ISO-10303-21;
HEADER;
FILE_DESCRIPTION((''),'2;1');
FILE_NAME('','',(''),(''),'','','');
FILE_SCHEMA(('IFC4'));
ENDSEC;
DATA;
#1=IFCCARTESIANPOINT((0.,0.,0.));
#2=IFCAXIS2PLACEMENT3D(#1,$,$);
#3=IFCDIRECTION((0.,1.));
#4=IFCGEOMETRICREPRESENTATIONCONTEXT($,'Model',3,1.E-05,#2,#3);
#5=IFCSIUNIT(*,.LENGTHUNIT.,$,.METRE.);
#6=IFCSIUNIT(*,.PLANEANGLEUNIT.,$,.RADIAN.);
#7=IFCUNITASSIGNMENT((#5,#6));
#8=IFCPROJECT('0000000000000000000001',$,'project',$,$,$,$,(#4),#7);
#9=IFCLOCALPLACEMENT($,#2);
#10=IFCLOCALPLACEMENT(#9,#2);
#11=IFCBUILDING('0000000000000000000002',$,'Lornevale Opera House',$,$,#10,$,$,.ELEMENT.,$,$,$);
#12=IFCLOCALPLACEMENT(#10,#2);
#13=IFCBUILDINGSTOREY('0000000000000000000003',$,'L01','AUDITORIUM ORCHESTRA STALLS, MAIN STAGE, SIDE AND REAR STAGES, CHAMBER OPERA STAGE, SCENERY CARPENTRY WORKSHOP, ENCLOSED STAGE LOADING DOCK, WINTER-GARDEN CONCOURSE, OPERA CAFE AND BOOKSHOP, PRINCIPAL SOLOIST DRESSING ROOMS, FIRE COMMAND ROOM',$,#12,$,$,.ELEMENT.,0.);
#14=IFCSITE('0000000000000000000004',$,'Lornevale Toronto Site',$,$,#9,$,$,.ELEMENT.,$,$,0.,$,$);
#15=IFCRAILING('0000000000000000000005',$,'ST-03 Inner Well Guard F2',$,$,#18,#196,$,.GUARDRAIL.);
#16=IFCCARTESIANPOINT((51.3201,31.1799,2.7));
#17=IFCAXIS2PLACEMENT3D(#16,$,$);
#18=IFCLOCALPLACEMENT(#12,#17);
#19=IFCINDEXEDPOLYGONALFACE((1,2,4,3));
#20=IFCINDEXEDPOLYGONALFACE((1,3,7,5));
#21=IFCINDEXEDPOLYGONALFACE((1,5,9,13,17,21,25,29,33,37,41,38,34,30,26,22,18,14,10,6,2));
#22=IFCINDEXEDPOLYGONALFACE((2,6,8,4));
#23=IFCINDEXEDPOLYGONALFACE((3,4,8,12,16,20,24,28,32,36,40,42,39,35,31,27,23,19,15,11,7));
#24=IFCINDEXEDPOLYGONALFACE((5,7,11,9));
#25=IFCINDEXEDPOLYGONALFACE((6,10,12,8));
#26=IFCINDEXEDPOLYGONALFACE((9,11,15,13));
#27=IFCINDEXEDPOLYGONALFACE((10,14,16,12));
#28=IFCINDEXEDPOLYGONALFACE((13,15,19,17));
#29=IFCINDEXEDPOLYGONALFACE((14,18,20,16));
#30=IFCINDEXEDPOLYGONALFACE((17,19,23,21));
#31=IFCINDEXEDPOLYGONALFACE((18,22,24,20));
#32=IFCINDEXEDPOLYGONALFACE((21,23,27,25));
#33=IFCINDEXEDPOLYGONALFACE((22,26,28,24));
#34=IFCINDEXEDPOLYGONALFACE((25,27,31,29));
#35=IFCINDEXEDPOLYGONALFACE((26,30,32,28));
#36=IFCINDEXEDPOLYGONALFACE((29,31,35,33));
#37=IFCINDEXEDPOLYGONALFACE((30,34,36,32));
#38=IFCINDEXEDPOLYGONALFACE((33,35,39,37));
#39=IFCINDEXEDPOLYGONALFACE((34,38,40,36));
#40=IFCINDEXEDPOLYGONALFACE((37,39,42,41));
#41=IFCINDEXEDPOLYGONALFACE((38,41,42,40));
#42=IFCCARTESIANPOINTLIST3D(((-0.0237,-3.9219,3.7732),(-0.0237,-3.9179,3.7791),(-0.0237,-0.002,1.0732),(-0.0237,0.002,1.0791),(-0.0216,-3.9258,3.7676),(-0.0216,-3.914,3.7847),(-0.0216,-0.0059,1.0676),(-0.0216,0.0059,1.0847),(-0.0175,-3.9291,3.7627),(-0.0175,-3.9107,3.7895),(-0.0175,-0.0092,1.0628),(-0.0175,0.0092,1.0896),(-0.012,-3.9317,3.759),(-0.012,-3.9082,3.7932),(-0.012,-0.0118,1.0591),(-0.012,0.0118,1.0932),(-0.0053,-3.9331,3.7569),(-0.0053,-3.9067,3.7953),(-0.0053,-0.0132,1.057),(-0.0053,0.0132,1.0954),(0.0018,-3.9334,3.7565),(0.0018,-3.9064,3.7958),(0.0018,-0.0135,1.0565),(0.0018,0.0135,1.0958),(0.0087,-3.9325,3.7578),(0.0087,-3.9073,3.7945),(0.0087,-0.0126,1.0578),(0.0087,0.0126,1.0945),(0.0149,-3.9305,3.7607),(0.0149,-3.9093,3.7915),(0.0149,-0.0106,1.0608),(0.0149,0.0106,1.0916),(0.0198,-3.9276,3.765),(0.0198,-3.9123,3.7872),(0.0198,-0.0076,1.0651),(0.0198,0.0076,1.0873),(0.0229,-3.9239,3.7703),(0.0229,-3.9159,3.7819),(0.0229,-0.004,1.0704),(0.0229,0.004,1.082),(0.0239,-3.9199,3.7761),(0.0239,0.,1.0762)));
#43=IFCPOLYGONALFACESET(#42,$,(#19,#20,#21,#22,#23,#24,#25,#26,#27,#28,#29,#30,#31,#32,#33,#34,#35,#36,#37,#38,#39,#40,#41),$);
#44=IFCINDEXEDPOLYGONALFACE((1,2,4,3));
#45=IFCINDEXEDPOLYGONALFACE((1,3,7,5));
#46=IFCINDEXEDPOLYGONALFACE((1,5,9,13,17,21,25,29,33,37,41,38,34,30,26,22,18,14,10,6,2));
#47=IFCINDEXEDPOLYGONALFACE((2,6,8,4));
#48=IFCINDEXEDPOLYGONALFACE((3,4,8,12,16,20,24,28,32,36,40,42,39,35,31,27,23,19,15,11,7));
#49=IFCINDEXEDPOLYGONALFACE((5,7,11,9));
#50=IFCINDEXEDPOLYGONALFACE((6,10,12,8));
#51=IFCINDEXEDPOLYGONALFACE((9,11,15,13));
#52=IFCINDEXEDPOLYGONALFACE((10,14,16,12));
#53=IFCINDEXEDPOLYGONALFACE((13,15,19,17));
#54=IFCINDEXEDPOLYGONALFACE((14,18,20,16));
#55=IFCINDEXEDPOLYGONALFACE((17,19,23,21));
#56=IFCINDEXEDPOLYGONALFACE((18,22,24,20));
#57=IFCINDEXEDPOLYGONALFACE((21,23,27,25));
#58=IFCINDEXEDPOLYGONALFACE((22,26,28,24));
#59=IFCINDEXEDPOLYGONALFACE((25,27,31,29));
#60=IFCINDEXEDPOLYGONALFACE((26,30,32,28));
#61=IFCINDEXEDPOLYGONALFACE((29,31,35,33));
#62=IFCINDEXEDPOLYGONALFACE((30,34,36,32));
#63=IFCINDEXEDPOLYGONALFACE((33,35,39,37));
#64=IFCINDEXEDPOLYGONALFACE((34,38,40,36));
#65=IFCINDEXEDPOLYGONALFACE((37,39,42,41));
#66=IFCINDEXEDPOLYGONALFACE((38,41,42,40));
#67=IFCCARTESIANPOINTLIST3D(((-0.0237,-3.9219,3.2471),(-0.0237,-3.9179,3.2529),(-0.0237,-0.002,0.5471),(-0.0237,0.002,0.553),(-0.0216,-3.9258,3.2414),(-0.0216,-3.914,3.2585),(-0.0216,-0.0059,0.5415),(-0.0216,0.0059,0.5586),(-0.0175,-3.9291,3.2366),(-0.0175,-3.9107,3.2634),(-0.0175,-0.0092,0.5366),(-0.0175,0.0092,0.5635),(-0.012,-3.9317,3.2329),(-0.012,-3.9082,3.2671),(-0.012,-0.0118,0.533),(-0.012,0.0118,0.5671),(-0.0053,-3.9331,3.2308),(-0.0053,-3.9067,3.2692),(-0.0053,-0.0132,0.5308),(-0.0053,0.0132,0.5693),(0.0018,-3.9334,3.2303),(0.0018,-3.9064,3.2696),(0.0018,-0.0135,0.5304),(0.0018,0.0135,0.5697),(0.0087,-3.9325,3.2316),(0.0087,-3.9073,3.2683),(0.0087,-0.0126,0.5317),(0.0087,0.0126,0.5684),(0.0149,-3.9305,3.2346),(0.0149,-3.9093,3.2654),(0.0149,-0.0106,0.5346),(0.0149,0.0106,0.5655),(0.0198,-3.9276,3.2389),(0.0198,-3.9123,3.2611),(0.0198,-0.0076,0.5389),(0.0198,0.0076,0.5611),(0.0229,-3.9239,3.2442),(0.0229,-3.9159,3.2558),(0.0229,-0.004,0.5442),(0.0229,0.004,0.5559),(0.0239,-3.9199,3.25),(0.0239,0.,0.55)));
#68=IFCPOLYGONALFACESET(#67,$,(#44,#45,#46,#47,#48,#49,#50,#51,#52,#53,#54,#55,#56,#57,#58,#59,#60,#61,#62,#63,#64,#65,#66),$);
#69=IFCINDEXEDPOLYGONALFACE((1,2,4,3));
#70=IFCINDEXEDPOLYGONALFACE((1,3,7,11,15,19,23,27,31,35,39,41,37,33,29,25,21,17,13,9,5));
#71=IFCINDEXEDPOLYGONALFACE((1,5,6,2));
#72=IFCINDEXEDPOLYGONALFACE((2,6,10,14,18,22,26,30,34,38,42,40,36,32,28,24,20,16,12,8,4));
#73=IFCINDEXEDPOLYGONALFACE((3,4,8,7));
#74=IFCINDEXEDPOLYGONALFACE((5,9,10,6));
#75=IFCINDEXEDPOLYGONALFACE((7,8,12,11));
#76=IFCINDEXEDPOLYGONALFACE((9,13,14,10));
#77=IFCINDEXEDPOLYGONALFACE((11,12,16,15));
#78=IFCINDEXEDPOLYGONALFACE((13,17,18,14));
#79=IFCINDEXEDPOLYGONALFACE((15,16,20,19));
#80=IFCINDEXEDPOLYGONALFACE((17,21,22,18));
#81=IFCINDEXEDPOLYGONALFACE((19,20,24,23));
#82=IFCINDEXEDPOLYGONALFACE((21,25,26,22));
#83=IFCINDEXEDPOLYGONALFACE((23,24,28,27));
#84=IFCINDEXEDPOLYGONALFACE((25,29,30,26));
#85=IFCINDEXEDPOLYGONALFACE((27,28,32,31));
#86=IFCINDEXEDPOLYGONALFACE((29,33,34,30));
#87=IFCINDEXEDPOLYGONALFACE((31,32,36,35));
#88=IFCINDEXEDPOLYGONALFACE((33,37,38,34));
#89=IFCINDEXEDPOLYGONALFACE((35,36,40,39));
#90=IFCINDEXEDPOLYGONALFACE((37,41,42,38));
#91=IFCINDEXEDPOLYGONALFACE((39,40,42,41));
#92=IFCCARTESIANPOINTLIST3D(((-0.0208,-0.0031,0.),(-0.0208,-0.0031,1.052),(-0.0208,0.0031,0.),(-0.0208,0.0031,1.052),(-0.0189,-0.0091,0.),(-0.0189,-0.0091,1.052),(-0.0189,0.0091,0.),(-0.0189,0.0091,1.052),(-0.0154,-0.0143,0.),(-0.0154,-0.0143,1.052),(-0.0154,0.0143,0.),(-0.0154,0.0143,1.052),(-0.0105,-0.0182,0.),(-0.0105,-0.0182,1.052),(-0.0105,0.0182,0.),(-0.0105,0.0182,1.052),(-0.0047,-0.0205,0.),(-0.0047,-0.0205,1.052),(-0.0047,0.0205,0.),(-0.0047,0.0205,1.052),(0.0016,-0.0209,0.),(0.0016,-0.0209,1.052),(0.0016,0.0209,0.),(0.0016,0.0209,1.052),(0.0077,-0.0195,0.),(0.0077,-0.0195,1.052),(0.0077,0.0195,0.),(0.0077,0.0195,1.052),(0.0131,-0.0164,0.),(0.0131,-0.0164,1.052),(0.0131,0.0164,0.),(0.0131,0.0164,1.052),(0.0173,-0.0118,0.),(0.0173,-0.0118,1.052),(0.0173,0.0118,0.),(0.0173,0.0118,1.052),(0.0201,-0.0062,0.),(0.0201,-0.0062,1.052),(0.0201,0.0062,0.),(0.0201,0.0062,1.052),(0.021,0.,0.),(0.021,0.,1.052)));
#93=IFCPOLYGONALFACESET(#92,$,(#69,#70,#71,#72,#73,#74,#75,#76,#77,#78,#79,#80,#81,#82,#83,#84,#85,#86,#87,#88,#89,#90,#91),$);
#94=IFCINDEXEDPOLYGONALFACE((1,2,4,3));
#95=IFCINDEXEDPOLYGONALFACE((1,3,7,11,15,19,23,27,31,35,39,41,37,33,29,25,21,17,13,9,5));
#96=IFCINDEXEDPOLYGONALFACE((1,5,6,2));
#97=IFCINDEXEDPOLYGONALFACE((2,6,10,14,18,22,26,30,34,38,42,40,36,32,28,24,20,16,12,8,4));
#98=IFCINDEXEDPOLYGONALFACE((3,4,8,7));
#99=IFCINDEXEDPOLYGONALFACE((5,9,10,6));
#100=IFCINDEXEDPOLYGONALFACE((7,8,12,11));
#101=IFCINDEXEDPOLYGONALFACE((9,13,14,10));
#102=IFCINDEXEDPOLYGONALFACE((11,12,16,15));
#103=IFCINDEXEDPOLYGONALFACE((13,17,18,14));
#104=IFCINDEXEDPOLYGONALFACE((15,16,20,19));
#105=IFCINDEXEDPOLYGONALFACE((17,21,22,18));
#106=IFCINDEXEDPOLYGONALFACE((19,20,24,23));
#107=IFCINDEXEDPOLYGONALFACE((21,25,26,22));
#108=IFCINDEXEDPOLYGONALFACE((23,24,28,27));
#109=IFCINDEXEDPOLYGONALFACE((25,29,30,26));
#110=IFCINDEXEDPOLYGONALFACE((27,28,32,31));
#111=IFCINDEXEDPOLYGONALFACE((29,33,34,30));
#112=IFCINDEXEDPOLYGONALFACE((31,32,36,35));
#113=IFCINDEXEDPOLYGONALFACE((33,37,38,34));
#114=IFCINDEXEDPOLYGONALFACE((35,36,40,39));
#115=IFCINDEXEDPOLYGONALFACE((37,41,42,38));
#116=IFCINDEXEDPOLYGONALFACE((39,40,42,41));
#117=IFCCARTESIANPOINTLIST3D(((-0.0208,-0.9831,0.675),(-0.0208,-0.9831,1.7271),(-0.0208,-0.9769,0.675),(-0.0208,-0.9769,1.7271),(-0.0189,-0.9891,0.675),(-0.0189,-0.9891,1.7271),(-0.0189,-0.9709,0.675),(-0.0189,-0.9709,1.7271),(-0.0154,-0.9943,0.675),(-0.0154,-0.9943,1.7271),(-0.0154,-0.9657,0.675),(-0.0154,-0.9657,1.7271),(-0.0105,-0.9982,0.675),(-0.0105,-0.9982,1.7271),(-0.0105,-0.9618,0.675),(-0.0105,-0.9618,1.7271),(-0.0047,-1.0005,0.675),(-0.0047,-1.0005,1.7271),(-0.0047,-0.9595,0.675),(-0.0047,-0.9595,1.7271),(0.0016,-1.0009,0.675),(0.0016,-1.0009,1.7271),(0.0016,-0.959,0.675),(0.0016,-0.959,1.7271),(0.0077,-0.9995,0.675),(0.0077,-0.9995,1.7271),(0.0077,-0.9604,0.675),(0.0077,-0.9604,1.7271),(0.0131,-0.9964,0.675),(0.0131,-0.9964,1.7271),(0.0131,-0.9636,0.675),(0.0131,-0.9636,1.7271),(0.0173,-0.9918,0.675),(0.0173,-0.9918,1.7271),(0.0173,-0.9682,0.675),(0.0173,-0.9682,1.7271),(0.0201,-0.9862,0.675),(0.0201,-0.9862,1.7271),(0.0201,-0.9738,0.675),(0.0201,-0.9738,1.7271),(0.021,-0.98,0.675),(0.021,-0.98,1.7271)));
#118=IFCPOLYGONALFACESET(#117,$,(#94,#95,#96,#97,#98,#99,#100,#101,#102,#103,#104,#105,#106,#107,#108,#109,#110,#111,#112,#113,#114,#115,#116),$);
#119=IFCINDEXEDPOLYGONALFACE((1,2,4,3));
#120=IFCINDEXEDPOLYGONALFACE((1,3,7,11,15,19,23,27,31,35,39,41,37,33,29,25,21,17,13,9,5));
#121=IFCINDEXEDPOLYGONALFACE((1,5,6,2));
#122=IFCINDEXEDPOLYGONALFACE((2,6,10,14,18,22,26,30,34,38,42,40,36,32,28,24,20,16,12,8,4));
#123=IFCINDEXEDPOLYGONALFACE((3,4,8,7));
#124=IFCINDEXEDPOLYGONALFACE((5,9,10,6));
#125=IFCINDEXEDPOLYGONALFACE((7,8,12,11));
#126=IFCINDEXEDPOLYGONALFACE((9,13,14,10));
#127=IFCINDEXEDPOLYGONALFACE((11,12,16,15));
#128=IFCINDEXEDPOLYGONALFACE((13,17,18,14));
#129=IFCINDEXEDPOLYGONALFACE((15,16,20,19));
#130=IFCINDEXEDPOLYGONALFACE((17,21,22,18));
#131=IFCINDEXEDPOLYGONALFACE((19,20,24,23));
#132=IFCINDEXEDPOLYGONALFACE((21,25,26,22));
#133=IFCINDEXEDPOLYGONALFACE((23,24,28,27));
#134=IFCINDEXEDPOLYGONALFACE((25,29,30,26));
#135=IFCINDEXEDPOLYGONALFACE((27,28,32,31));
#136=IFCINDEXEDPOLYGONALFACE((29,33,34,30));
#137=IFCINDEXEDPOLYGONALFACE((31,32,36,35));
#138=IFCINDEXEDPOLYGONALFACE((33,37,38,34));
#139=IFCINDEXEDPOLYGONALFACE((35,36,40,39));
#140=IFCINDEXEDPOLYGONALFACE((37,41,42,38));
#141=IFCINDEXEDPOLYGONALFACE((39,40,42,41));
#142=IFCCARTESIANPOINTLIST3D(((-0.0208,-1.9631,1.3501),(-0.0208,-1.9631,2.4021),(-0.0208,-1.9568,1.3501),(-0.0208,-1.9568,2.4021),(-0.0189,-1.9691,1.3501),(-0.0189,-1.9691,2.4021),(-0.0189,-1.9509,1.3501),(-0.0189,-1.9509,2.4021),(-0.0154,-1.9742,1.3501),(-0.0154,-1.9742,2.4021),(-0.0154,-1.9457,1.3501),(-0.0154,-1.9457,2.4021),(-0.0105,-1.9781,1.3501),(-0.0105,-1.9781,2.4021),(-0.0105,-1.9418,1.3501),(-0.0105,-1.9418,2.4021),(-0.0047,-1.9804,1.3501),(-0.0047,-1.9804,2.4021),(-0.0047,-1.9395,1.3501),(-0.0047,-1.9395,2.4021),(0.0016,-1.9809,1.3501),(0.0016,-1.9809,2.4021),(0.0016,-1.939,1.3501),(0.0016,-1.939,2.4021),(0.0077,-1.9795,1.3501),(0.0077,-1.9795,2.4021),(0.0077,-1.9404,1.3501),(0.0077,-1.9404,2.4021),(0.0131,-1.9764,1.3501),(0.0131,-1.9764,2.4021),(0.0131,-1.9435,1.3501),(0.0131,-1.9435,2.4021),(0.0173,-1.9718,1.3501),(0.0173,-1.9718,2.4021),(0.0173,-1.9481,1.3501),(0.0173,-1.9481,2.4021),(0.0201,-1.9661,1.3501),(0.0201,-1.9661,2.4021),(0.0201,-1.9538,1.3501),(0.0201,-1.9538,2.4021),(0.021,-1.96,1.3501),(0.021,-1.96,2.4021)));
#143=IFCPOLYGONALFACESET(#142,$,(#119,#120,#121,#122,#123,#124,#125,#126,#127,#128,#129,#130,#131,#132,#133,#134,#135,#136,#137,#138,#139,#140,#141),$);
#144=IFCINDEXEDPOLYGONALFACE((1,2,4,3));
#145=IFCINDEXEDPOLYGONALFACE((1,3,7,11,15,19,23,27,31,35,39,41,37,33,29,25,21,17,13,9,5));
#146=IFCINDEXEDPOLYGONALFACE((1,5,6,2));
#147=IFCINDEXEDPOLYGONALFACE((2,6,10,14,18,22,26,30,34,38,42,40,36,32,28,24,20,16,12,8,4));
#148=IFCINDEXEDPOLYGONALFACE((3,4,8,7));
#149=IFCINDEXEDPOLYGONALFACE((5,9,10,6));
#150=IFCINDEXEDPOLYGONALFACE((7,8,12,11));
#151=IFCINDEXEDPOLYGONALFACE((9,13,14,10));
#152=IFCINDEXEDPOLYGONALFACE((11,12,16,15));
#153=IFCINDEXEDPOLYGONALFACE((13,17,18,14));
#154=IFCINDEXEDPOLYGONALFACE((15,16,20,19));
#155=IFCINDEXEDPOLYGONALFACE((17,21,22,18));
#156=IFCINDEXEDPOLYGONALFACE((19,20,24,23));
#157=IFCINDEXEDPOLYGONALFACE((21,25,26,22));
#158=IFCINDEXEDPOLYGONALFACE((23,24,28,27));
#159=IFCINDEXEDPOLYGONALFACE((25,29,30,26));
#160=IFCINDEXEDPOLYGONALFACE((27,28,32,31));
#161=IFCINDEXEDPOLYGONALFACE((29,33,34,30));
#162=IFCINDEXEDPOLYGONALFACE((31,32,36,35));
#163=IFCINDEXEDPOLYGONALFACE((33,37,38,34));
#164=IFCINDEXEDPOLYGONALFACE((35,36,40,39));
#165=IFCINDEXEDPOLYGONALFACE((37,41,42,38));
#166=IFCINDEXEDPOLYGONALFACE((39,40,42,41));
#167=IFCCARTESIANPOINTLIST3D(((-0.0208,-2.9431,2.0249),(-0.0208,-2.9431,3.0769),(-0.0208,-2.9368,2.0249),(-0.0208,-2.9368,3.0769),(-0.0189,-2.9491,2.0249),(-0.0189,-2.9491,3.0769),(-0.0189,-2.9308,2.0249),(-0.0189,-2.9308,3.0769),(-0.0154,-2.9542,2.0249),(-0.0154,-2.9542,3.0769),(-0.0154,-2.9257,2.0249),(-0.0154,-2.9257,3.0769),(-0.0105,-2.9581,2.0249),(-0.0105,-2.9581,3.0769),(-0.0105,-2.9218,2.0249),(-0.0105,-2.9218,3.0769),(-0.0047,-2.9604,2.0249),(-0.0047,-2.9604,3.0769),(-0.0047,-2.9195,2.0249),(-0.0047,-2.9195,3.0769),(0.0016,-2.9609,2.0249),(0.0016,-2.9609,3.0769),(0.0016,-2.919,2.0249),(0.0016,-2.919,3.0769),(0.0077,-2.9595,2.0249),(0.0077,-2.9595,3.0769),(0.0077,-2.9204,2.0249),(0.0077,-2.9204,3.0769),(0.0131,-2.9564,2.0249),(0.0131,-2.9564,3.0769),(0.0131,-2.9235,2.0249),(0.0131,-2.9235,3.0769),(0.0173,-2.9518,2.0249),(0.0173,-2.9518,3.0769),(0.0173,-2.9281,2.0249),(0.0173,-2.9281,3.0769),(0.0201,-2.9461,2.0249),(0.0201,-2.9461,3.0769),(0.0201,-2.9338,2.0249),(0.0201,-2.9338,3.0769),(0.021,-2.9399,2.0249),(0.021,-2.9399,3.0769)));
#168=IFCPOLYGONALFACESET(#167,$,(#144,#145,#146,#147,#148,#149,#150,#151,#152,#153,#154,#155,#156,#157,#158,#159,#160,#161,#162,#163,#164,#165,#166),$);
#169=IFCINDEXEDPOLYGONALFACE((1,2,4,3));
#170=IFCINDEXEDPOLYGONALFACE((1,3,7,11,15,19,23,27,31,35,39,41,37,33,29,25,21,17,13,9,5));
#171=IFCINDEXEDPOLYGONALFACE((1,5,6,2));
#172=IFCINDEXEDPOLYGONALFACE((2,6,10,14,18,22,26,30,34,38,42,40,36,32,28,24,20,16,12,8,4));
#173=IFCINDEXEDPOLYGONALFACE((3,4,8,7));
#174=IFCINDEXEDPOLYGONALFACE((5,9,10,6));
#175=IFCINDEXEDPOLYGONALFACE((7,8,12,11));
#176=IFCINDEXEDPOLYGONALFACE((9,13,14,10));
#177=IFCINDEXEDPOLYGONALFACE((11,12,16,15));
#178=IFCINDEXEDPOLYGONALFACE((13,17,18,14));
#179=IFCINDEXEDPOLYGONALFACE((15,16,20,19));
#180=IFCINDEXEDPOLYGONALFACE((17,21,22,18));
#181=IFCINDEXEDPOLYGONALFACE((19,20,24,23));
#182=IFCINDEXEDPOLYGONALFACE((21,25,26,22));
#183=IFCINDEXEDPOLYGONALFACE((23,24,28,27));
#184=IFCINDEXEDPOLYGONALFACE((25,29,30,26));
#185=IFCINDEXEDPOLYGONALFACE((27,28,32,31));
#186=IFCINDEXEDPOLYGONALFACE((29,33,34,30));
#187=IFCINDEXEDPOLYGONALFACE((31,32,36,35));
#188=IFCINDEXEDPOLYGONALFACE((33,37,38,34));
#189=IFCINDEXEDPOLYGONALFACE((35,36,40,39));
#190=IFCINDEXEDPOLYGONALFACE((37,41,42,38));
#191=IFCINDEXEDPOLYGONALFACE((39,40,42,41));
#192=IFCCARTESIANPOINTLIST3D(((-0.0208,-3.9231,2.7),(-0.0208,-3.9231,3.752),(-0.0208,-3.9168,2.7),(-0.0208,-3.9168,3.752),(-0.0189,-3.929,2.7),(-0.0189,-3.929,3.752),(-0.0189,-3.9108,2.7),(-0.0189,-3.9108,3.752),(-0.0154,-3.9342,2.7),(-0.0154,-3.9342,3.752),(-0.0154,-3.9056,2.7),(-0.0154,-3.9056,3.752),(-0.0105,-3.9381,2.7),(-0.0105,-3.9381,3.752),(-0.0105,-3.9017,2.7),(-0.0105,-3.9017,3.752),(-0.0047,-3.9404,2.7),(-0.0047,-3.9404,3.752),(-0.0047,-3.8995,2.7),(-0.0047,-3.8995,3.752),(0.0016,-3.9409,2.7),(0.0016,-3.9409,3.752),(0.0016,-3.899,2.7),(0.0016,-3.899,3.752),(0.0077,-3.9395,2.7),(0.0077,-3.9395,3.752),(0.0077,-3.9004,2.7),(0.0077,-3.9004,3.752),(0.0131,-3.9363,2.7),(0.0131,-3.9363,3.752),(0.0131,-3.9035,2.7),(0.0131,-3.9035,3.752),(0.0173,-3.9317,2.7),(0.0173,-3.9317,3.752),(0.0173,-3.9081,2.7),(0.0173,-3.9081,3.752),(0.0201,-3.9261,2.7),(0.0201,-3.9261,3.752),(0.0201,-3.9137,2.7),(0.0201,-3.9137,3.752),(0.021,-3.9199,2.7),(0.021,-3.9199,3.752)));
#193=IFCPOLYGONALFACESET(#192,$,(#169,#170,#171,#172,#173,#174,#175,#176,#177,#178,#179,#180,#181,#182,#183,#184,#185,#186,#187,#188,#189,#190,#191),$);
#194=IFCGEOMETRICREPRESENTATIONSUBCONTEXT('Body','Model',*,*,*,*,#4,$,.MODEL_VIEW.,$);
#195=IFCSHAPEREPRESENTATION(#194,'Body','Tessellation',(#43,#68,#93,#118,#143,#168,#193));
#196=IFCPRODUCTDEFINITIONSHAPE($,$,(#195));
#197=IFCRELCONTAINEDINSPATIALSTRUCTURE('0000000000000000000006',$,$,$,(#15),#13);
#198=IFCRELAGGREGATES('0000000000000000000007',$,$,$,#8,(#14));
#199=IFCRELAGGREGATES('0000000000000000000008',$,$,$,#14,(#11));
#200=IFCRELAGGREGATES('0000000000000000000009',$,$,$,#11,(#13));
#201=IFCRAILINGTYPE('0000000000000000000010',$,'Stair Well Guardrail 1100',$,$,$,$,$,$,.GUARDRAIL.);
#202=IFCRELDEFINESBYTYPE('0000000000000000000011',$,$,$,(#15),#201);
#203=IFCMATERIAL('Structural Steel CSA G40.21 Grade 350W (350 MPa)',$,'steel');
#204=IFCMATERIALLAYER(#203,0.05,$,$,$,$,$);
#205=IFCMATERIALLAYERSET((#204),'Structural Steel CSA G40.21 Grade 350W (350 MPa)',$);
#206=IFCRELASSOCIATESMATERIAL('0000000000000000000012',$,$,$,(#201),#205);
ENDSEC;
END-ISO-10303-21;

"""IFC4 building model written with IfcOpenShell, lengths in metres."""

from ifc_helpers import new_model, si_unit, direction, frame, origin, origin_2d, place, context, subcontext, project, spatial, circle, extrude, material, layer, layer_set, type_object, element, save


model = new_model("IFC4")

# Units and contexts
model_context = context("Model", 3, precision=1e-05, world=origin(), true_north=direction((0.0, 1.0)))
body_context = subcontext(model_context, "Body", "Model", "MODEL_VIEW")
ifc_project = project(units=[si_unit("LENGTHUNIT", "METRE"), si_unit("PLANEANGLEUNIT", "RADIAN")], contexts=[model_context])

# Site, building, storey
site_placement = place(None, origin())
site = spatial("IfcSite", under=ifc_project, at=site_placement, Name="Lornevale Toronto Site", CompositionType="ELEMENT", RefElevation=0.0)
building_placement = place(site_placement, origin())
building = spatial("IfcBuilding", under=site, at=building_placement, Name="Lornevale Opera House", CompositionType="ELEMENT")
storey_placement = place(building_placement, origin())
storey = spatial("IfcBuildingStorey", under=building, at=storey_placement, Name="L01", Description="AUDITORIUM ORCHESTRA STALLS, MAIN STAGE, SIDE AND REAR STAGES, CHAMBER OPERA STAGE, SCENERY CARPENTRY WORKSHOP, ENCLOSED STAGE LOADING DOCK, WINTER-GARDEN CONCOURSE, OPERA CAFE AND BOOKSHOP, PRINCIPAL SOLOIST DRESSING ROOMS, FIRE COMMAND ROOM", CompositionType="ELEMENT", Elevation=0.0)

# Railing
ifc_material_1 = material(Name="Structural Steel CSA G40.21 Grade 350W (350 MPa)", Category="steel")
ifc_layer_1 = layer(ifc_material_1, 0.05)
ifc_layer_set_1 = layer_set([ifc_layer_1], Name="Structural Steel CSA G40.21 Grade 350W (350 MPa)")
railing_type_1 = type_object("IfcRailingType", Name="Stair Well Guardrail 1100", PredefinedType="GUARDRAIL", material=ifc_layer_set_1)
railing_1_placement = place(storey_placement, frame((51.3201, 31.1799, 2.7)))
element("IfcRailing", 1, at=railing_1_placement, inside=storey, type_object=railing_type_1, Name="ST-03 Inner Well Guard F2", PredefinedType="GUARDRAIL", context=body_context, shape_type="SweptSolid", body=[
    extrude(circle(Radius=0.0239, at=origin_2d()), frame((0.0, 0.0, 1.0762), z_axis=(0.0, -0.823551, 0.567243), x_axis=(1.0, 0.0, 0.0)), (0.0, 0.0, 1.0), 4.7598),
    extrude(circle(Radius=0.0239, at=origin_2d()), frame((0.0, 0.0, 0.55), z_axis=(0.0, -0.823551, 0.567243), x_axis=(1.0, 0.0, 0.0)), (0.0, 0.0, 1.0), 4.7598),
    extrude(circle(Radius=0.021, at=origin_2d()), origin(), (0.0, 0.0, 1.0), 1.052),
    extrude(circle(Radius=0.021, at=origin_2d()), frame((0.0, -0.98, 0.675)), (0.0, 0.0, 1.0), 1.052),
    extrude(circle(Radius=0.021, at=origin_2d()), frame((0.0, -1.96, 1.3501)), (0.0, 0.0, 1.0), 1.052),
    extrude(circle(Radius=0.021, at=origin_2d()), frame((0.0, -2.9399, 2.0249)), (0.0, 0.0, 1.0), 1.052),
    extrude(circle(Radius=0.021, at=origin_2d()), frame((0.0, -3.9199, 2.7)), (0.0, 0.0, 1.0), 1.052),
])

save(model, "model.ifc")
